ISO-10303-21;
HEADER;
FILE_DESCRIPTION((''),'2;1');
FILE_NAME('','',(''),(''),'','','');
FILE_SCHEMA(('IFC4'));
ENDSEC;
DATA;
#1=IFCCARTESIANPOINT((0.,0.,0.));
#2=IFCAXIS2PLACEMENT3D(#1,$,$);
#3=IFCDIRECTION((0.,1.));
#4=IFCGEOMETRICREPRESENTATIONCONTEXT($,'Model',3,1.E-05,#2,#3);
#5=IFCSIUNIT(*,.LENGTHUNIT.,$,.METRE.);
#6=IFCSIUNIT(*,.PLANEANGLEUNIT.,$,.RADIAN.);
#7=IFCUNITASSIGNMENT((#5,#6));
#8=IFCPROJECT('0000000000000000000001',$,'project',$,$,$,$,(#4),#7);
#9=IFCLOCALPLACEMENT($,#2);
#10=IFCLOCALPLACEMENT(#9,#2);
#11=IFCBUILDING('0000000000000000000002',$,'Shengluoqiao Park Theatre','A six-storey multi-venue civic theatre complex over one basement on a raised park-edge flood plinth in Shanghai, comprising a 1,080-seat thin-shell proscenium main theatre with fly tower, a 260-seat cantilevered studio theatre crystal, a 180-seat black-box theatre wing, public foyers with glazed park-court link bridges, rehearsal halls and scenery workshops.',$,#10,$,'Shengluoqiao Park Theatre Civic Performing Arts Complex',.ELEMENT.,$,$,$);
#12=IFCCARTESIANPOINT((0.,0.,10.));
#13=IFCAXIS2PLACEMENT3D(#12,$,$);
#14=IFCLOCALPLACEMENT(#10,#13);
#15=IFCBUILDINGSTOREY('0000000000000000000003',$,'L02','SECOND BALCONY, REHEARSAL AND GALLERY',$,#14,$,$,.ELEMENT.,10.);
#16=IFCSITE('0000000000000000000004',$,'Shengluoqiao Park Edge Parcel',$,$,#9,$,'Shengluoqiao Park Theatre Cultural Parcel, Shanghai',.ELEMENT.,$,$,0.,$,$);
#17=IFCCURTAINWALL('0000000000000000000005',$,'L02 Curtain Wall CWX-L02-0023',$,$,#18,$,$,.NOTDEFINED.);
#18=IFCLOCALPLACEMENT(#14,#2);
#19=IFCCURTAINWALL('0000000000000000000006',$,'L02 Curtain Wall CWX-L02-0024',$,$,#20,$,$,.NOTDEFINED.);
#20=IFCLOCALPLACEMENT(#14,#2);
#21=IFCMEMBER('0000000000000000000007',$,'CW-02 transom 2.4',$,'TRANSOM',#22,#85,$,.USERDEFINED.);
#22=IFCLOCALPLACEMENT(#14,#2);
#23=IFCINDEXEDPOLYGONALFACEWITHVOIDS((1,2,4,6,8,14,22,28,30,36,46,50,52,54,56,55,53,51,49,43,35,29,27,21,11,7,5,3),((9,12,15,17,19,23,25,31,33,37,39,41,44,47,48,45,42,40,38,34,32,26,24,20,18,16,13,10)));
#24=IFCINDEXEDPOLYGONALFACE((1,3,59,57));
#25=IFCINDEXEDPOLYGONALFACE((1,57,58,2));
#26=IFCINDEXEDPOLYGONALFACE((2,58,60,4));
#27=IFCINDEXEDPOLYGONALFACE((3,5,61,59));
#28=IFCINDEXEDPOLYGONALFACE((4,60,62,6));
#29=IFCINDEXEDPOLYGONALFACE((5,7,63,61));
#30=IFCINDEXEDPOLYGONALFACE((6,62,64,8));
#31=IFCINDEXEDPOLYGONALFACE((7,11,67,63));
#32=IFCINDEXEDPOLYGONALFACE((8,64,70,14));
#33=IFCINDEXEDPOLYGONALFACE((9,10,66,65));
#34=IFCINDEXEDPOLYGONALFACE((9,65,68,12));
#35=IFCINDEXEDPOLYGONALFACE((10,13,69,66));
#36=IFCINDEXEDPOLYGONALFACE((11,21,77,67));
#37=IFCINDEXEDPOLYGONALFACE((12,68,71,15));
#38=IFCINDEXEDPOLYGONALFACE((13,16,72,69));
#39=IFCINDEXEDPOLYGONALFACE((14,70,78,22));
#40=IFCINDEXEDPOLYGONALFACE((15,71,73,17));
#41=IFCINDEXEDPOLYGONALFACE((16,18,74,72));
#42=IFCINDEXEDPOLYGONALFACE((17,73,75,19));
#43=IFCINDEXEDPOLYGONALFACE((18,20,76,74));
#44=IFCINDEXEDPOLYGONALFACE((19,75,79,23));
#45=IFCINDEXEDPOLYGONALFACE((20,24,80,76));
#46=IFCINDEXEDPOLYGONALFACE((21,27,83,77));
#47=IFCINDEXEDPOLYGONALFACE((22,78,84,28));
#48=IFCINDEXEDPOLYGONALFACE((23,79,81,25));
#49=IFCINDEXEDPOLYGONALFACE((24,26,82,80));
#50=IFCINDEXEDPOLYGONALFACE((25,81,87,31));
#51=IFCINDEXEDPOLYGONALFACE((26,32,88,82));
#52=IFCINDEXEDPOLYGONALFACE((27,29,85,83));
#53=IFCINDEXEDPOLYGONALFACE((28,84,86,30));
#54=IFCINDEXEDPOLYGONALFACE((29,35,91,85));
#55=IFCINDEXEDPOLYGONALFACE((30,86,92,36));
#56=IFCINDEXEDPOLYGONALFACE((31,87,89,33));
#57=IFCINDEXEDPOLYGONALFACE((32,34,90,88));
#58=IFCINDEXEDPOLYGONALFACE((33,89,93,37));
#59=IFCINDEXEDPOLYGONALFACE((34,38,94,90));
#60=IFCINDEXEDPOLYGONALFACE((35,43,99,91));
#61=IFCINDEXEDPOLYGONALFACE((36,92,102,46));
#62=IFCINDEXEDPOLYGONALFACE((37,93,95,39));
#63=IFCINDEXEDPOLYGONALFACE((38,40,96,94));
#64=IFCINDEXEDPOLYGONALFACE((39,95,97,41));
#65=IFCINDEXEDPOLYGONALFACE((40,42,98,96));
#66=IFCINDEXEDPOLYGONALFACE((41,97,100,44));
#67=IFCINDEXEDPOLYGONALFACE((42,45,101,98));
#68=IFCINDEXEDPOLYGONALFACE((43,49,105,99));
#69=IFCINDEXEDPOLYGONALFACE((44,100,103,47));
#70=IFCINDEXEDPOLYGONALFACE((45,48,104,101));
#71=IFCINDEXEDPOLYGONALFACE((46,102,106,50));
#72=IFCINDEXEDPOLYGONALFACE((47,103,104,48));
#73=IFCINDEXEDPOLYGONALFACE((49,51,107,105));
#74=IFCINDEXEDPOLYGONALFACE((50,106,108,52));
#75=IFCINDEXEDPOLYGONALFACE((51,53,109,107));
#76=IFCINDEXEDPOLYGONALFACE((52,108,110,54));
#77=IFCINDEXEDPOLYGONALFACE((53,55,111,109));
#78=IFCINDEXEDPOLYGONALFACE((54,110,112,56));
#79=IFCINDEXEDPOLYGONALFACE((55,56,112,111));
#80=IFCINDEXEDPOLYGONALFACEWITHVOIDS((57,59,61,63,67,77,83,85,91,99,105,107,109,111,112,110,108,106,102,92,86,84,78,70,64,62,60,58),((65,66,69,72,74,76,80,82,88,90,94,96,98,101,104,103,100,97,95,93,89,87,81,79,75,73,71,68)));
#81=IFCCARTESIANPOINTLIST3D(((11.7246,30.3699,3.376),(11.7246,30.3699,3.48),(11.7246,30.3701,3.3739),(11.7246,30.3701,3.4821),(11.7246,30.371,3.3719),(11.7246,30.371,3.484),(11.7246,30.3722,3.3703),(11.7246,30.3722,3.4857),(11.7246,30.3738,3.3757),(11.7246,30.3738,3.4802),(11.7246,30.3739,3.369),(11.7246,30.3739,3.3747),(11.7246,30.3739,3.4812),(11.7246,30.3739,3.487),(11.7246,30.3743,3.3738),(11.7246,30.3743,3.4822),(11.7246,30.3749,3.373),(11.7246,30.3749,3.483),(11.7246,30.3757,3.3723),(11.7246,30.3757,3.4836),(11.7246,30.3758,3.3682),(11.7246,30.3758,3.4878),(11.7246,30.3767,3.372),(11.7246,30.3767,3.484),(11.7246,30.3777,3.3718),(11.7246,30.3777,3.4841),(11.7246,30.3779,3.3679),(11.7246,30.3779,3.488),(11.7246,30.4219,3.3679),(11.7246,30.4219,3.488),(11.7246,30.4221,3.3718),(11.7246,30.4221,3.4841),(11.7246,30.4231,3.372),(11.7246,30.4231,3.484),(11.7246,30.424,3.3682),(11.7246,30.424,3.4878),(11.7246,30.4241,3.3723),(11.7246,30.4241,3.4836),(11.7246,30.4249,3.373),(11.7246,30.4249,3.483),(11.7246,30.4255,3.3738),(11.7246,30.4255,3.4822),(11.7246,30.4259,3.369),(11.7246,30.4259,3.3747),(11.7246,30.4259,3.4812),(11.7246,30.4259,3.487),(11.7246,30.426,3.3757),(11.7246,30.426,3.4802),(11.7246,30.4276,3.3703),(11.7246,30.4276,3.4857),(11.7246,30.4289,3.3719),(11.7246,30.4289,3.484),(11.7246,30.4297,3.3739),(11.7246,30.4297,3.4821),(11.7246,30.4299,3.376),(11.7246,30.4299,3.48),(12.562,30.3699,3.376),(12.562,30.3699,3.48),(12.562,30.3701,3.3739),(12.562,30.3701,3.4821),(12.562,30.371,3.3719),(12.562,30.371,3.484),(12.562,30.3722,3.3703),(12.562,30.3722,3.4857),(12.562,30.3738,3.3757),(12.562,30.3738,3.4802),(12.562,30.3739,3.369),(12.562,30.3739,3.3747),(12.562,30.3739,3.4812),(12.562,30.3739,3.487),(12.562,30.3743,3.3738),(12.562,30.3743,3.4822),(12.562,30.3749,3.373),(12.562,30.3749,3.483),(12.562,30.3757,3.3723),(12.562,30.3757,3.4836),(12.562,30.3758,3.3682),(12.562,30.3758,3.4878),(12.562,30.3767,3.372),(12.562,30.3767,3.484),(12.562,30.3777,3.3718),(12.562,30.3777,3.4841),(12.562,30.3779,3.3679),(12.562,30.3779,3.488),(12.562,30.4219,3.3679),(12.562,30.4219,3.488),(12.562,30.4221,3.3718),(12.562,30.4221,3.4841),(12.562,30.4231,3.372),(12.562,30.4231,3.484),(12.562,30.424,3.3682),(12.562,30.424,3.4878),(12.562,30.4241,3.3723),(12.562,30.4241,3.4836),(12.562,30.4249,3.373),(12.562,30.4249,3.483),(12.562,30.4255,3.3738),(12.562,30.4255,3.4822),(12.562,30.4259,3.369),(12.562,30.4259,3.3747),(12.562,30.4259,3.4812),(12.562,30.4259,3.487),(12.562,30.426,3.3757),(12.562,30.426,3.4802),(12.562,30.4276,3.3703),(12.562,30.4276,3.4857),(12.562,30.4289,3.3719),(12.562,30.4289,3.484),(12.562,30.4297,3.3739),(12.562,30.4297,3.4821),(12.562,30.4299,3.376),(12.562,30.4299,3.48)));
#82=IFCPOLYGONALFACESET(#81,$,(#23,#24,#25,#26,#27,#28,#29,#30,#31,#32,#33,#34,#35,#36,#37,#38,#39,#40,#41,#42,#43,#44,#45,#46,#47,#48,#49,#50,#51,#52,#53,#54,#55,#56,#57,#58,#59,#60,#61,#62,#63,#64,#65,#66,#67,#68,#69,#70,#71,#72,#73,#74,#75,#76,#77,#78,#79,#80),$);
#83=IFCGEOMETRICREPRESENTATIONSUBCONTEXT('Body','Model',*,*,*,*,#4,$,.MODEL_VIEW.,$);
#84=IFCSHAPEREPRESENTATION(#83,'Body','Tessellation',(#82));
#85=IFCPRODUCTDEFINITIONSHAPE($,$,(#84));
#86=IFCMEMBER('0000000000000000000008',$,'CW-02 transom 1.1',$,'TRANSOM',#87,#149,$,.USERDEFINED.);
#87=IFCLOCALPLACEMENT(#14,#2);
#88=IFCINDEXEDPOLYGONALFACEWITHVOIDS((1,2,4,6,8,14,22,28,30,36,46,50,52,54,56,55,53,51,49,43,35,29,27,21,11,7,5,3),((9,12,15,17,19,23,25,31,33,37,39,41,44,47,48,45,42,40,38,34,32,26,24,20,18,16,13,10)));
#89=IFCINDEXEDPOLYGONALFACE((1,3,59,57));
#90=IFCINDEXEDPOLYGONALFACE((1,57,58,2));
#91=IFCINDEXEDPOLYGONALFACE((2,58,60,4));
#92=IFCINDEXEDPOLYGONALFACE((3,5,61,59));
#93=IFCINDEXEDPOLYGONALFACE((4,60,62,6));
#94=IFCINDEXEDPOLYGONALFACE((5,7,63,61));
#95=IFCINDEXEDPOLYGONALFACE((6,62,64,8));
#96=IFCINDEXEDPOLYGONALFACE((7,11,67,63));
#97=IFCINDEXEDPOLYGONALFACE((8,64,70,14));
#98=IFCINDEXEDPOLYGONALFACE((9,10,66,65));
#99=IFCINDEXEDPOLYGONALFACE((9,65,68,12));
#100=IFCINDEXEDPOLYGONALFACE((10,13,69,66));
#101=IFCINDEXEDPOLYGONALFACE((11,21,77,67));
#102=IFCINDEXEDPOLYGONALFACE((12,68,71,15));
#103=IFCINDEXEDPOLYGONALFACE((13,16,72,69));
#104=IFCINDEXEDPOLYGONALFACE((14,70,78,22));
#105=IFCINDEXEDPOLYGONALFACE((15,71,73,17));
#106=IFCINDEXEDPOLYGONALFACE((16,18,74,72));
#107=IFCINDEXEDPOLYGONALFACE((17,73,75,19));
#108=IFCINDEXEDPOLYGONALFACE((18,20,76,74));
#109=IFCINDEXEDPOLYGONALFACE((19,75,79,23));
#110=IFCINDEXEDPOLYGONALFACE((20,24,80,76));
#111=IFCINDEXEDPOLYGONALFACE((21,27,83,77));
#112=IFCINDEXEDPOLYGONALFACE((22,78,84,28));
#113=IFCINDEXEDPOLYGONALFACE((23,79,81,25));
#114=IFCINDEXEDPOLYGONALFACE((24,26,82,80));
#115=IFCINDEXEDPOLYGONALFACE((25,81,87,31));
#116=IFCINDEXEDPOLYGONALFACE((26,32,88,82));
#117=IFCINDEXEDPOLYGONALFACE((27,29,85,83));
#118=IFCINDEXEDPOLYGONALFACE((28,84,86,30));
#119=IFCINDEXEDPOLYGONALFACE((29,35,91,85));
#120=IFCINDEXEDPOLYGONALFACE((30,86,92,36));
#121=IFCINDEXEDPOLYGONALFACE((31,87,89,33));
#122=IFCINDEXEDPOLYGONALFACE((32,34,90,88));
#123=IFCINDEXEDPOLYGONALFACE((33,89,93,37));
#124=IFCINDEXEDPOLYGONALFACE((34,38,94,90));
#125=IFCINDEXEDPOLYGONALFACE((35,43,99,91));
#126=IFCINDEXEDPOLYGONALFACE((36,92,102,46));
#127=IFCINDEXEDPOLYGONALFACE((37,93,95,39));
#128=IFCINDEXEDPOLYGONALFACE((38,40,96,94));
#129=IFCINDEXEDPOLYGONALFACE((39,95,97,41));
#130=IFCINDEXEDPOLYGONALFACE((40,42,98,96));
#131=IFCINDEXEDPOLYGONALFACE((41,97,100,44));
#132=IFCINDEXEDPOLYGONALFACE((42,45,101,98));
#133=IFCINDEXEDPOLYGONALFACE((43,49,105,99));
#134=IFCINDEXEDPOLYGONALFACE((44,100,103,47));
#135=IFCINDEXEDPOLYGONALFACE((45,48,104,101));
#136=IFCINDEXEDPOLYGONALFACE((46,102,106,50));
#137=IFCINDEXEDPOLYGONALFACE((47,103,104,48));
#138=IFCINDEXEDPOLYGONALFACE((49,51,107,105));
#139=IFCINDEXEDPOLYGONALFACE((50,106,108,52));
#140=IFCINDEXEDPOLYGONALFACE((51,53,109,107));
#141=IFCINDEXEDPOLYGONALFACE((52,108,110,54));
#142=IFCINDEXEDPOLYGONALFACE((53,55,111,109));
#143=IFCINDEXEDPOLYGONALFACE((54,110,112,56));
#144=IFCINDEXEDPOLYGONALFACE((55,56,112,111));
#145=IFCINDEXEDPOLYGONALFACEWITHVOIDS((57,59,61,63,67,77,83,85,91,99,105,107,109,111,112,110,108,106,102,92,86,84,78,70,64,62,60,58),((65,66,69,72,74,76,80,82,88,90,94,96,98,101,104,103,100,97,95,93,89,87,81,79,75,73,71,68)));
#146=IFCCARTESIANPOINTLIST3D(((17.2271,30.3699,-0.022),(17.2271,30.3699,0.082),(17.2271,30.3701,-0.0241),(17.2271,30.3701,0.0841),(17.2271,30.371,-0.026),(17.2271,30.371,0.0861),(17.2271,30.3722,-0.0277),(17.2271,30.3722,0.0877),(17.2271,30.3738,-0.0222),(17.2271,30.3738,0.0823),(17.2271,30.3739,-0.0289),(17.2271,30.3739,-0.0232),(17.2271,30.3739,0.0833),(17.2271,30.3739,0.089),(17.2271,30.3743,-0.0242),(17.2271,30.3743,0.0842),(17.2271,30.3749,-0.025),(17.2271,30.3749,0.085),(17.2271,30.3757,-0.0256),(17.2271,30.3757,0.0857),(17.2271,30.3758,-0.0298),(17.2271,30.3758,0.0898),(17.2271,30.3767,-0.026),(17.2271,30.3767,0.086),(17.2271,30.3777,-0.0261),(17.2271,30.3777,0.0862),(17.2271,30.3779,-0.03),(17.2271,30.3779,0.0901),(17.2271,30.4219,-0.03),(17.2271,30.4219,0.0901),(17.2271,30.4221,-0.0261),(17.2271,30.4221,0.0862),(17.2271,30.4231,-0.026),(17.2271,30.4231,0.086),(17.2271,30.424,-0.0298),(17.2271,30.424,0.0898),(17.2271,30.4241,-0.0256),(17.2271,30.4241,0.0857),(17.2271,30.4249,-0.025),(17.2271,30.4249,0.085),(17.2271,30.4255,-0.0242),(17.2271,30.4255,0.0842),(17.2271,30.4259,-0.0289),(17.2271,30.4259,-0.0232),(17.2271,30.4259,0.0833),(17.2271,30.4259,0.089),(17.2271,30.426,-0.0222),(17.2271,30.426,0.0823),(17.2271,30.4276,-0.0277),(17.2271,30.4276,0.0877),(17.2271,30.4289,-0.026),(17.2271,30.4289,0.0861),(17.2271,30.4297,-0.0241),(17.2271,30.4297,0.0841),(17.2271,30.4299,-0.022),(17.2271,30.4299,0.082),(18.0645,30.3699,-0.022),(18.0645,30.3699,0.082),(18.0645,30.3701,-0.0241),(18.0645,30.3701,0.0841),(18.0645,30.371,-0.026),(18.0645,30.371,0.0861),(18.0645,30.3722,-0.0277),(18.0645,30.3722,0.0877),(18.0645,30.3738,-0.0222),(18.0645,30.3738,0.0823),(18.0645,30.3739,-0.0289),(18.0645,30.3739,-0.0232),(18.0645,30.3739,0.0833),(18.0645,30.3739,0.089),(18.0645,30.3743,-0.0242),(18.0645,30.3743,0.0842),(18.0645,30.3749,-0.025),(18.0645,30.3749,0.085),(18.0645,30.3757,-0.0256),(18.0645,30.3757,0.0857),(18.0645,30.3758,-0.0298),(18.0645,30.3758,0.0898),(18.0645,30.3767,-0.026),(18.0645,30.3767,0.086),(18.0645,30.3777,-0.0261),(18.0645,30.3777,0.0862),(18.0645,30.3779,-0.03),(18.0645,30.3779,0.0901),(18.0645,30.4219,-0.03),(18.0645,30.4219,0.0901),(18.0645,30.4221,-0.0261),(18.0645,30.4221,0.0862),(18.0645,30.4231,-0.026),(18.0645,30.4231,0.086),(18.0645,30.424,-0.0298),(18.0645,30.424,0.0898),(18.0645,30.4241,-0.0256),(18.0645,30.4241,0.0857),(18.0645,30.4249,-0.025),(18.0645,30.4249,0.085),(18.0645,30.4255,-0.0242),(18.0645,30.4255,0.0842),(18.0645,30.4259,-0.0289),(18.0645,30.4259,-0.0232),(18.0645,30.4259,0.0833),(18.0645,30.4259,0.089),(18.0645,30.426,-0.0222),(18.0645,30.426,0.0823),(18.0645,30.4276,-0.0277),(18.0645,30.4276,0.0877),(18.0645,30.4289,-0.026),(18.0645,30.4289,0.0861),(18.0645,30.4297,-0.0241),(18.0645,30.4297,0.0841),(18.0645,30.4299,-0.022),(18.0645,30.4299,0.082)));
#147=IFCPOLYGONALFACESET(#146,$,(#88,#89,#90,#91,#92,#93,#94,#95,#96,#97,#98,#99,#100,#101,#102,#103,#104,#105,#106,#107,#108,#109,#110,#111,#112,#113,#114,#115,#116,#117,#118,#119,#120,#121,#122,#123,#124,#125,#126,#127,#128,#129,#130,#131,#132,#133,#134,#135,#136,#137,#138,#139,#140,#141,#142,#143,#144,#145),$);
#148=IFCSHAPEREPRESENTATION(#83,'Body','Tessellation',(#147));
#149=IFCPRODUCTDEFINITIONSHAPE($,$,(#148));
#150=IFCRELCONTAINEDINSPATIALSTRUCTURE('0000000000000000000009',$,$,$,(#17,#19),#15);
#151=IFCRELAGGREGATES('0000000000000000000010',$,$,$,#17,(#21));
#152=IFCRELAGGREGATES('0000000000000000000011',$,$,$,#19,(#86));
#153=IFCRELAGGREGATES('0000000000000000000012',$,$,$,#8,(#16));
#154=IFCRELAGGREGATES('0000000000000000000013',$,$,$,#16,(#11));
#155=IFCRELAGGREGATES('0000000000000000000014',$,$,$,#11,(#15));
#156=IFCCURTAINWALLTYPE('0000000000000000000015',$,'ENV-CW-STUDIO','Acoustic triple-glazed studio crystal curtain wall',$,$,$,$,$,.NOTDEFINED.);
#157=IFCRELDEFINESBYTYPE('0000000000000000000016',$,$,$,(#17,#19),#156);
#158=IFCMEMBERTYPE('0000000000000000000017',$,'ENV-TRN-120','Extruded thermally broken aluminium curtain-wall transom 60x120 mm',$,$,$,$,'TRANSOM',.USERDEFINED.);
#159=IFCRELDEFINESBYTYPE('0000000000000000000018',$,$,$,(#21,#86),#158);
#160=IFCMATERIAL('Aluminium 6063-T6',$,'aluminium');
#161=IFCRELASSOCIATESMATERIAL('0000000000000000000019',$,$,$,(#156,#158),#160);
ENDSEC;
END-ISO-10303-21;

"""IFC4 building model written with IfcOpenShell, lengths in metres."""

from ifc_helpers import new_model, si_unit, direction, frame, origin, origin_2d, place, context, subcontext, project, spatial, hollow_rectangle, extrude, material, material_profile, profile_set, type_object, element, aggregate, save


model = new_model("IFC4")

# Units and contexts
model_context = context("Model", 3, precision=1e-05, world=origin(), true_north=direction((0.0, 1.0)))
body_context = subcontext(model_context, "Body", "Model", "MODEL_VIEW")
ifc_project = project(units=[si_unit("LENGTHUNIT", "METRE"), si_unit("PLANEANGLEUNIT", "RADIAN")], contexts=[model_context])

# Site, building, storey
site_placement = place(None, origin())
site = spatial("IfcSite", under=ifc_project, at=site_placement, Name="Shengluoqiao Park Edge Parcel", LongName="Shengluoqiao Park Theatre Cultural Parcel, Shanghai", CompositionType="ELEMENT", RefElevation=0.0)
building_placement = place(site_placement, origin())
building = spatial("IfcBuilding", under=site, at=building_placement, Name="Shengluoqiao Park Theatre", Description="A six-storey multi-venue civic theatre complex over one basement on a raised park-edge flood plinth in Shanghai, comprising a 1,080-seat thin-shell proscenium main theatre with fly tower, a 260-seat cantilevered studio theatre crystal, a 180-seat black-box theatre wing, public foyers with glazed park-court link bridges, rehearsal halls and scenery workshops.", LongName="Shengluoqiao Park Theatre Civic Performing Arts Complex", CompositionType="ELEMENT")
storey_placement = place(building_placement, frame((0.0, 0.0, 10.0)))
storey = spatial("IfcBuildingStorey", under=building, at=storey_placement, Name="L02", Description="SECOND BALCONY, REHEARSAL AND GALLERY", CompositionType="ELEMENT", Elevation=10.0)

# Curtain wall
ifc_material_1 = material(Name="Aluminium 6063-T6", Category="aluminium")
curtain_wall_type = type_object("IfcCurtainWallType", Name="ENV-CW-STUDIO", Description="Acoustic triple-glazed studio crystal curtain wall", PredefinedType="NOTDEFINED", material=ifc_material_1)
curtain_wall_1_placement = place(storey_placement, origin())
curtain_wall_1 = element("IfcCurtainWall", 1, at=curtain_wall_1_placement, inside=storey, type_object=curtain_wall_type, Name="L02 Curtain Wall CWX-L02-0023", PredefinedType="NOTDEFINED")

# Curtain wall
curtain_wall_2_placement = place(storey_placement, origin())
curtain_wall_2 = element("IfcCurtainWall", 2, at=curtain_wall_2_placement, inside=storey, type_object=curtain_wall_type, Name="L02 Curtain Wall CWX-L02-0024", PredefinedType="NOTDEFINED")

# Members
ifc_material_profile_1 = material_profile(ifc_material_1, hollow_rectangle(XDim=0.0601, YDim=0.1201, WallThickness=0.0039, InnerFilletRadius=0.0039, OuterFilletRadius=0.0081, at=origin_2d()), Name="ALU TRANSOM 120x60x4")
ifc_profile_set_1 = profile_set([ifc_material_profile_1], Name="Aluminium 6063-T6")
member_type_1 = type_object("IfcMemberType", Name="ENV-TRN-120", Description="Extruded thermally broken aluminium curtain-wall transom 60x120 mm", ElementType="TRANSOM", PredefinedType="USERDEFINED", material=ifc_profile_set_1)
member_1_placement = place(storey_placement, frame((11.7246, 30.3999, 3.428), z_axis=(1.0, 0.0, 0.0), x_axis=(0.0, 1.0, 0.0)))
member_1 = element("IfcMember", 3, at=member_1_placement, type_object=member_type_1, Name="CW-02 transom 2.4", ObjectType="TRANSOM", PredefinedType="USERDEFINED", context=body_context, shape_type="SweptSolid", body=[
    extrude(hollow_rectangle(XDim=0.0601, YDim=0.1201, WallThickness=0.0039, InnerFilletRadius=0.0039, OuterFilletRadius=0.0081, at=origin_2d()), origin(), (0.0, 0.0, 1.0), 0.8374),
])
member_2_placement = place(storey_placement, frame((17.2271, 30.3999, 0.03), z_axis=(1.0, 0.0, 0.0), x_axis=(0.0, 1.0, 0.0)))
member_2 = element("IfcMember", 4, at=member_2_placement, type_object=member_type_1, Name="CW-02 transom 1.1", ObjectType="TRANSOM", PredefinedType="USERDEFINED", context=body_context, shape_type="SweptSolid", body=[
    extrude(hollow_rectangle(XDim=0.0601, YDim=0.1201, WallThickness=0.0039, InnerFilletRadius=0.0039, OuterFilletRadius=0.0081, at=origin_2d()), origin(), (0.0, 0.0, 1.0), 0.8374),
])

aggregate(curtain_wall_1, [member_1])
aggregate(curtain_wall_2, [member_2])

save(model, "model.ifc")
